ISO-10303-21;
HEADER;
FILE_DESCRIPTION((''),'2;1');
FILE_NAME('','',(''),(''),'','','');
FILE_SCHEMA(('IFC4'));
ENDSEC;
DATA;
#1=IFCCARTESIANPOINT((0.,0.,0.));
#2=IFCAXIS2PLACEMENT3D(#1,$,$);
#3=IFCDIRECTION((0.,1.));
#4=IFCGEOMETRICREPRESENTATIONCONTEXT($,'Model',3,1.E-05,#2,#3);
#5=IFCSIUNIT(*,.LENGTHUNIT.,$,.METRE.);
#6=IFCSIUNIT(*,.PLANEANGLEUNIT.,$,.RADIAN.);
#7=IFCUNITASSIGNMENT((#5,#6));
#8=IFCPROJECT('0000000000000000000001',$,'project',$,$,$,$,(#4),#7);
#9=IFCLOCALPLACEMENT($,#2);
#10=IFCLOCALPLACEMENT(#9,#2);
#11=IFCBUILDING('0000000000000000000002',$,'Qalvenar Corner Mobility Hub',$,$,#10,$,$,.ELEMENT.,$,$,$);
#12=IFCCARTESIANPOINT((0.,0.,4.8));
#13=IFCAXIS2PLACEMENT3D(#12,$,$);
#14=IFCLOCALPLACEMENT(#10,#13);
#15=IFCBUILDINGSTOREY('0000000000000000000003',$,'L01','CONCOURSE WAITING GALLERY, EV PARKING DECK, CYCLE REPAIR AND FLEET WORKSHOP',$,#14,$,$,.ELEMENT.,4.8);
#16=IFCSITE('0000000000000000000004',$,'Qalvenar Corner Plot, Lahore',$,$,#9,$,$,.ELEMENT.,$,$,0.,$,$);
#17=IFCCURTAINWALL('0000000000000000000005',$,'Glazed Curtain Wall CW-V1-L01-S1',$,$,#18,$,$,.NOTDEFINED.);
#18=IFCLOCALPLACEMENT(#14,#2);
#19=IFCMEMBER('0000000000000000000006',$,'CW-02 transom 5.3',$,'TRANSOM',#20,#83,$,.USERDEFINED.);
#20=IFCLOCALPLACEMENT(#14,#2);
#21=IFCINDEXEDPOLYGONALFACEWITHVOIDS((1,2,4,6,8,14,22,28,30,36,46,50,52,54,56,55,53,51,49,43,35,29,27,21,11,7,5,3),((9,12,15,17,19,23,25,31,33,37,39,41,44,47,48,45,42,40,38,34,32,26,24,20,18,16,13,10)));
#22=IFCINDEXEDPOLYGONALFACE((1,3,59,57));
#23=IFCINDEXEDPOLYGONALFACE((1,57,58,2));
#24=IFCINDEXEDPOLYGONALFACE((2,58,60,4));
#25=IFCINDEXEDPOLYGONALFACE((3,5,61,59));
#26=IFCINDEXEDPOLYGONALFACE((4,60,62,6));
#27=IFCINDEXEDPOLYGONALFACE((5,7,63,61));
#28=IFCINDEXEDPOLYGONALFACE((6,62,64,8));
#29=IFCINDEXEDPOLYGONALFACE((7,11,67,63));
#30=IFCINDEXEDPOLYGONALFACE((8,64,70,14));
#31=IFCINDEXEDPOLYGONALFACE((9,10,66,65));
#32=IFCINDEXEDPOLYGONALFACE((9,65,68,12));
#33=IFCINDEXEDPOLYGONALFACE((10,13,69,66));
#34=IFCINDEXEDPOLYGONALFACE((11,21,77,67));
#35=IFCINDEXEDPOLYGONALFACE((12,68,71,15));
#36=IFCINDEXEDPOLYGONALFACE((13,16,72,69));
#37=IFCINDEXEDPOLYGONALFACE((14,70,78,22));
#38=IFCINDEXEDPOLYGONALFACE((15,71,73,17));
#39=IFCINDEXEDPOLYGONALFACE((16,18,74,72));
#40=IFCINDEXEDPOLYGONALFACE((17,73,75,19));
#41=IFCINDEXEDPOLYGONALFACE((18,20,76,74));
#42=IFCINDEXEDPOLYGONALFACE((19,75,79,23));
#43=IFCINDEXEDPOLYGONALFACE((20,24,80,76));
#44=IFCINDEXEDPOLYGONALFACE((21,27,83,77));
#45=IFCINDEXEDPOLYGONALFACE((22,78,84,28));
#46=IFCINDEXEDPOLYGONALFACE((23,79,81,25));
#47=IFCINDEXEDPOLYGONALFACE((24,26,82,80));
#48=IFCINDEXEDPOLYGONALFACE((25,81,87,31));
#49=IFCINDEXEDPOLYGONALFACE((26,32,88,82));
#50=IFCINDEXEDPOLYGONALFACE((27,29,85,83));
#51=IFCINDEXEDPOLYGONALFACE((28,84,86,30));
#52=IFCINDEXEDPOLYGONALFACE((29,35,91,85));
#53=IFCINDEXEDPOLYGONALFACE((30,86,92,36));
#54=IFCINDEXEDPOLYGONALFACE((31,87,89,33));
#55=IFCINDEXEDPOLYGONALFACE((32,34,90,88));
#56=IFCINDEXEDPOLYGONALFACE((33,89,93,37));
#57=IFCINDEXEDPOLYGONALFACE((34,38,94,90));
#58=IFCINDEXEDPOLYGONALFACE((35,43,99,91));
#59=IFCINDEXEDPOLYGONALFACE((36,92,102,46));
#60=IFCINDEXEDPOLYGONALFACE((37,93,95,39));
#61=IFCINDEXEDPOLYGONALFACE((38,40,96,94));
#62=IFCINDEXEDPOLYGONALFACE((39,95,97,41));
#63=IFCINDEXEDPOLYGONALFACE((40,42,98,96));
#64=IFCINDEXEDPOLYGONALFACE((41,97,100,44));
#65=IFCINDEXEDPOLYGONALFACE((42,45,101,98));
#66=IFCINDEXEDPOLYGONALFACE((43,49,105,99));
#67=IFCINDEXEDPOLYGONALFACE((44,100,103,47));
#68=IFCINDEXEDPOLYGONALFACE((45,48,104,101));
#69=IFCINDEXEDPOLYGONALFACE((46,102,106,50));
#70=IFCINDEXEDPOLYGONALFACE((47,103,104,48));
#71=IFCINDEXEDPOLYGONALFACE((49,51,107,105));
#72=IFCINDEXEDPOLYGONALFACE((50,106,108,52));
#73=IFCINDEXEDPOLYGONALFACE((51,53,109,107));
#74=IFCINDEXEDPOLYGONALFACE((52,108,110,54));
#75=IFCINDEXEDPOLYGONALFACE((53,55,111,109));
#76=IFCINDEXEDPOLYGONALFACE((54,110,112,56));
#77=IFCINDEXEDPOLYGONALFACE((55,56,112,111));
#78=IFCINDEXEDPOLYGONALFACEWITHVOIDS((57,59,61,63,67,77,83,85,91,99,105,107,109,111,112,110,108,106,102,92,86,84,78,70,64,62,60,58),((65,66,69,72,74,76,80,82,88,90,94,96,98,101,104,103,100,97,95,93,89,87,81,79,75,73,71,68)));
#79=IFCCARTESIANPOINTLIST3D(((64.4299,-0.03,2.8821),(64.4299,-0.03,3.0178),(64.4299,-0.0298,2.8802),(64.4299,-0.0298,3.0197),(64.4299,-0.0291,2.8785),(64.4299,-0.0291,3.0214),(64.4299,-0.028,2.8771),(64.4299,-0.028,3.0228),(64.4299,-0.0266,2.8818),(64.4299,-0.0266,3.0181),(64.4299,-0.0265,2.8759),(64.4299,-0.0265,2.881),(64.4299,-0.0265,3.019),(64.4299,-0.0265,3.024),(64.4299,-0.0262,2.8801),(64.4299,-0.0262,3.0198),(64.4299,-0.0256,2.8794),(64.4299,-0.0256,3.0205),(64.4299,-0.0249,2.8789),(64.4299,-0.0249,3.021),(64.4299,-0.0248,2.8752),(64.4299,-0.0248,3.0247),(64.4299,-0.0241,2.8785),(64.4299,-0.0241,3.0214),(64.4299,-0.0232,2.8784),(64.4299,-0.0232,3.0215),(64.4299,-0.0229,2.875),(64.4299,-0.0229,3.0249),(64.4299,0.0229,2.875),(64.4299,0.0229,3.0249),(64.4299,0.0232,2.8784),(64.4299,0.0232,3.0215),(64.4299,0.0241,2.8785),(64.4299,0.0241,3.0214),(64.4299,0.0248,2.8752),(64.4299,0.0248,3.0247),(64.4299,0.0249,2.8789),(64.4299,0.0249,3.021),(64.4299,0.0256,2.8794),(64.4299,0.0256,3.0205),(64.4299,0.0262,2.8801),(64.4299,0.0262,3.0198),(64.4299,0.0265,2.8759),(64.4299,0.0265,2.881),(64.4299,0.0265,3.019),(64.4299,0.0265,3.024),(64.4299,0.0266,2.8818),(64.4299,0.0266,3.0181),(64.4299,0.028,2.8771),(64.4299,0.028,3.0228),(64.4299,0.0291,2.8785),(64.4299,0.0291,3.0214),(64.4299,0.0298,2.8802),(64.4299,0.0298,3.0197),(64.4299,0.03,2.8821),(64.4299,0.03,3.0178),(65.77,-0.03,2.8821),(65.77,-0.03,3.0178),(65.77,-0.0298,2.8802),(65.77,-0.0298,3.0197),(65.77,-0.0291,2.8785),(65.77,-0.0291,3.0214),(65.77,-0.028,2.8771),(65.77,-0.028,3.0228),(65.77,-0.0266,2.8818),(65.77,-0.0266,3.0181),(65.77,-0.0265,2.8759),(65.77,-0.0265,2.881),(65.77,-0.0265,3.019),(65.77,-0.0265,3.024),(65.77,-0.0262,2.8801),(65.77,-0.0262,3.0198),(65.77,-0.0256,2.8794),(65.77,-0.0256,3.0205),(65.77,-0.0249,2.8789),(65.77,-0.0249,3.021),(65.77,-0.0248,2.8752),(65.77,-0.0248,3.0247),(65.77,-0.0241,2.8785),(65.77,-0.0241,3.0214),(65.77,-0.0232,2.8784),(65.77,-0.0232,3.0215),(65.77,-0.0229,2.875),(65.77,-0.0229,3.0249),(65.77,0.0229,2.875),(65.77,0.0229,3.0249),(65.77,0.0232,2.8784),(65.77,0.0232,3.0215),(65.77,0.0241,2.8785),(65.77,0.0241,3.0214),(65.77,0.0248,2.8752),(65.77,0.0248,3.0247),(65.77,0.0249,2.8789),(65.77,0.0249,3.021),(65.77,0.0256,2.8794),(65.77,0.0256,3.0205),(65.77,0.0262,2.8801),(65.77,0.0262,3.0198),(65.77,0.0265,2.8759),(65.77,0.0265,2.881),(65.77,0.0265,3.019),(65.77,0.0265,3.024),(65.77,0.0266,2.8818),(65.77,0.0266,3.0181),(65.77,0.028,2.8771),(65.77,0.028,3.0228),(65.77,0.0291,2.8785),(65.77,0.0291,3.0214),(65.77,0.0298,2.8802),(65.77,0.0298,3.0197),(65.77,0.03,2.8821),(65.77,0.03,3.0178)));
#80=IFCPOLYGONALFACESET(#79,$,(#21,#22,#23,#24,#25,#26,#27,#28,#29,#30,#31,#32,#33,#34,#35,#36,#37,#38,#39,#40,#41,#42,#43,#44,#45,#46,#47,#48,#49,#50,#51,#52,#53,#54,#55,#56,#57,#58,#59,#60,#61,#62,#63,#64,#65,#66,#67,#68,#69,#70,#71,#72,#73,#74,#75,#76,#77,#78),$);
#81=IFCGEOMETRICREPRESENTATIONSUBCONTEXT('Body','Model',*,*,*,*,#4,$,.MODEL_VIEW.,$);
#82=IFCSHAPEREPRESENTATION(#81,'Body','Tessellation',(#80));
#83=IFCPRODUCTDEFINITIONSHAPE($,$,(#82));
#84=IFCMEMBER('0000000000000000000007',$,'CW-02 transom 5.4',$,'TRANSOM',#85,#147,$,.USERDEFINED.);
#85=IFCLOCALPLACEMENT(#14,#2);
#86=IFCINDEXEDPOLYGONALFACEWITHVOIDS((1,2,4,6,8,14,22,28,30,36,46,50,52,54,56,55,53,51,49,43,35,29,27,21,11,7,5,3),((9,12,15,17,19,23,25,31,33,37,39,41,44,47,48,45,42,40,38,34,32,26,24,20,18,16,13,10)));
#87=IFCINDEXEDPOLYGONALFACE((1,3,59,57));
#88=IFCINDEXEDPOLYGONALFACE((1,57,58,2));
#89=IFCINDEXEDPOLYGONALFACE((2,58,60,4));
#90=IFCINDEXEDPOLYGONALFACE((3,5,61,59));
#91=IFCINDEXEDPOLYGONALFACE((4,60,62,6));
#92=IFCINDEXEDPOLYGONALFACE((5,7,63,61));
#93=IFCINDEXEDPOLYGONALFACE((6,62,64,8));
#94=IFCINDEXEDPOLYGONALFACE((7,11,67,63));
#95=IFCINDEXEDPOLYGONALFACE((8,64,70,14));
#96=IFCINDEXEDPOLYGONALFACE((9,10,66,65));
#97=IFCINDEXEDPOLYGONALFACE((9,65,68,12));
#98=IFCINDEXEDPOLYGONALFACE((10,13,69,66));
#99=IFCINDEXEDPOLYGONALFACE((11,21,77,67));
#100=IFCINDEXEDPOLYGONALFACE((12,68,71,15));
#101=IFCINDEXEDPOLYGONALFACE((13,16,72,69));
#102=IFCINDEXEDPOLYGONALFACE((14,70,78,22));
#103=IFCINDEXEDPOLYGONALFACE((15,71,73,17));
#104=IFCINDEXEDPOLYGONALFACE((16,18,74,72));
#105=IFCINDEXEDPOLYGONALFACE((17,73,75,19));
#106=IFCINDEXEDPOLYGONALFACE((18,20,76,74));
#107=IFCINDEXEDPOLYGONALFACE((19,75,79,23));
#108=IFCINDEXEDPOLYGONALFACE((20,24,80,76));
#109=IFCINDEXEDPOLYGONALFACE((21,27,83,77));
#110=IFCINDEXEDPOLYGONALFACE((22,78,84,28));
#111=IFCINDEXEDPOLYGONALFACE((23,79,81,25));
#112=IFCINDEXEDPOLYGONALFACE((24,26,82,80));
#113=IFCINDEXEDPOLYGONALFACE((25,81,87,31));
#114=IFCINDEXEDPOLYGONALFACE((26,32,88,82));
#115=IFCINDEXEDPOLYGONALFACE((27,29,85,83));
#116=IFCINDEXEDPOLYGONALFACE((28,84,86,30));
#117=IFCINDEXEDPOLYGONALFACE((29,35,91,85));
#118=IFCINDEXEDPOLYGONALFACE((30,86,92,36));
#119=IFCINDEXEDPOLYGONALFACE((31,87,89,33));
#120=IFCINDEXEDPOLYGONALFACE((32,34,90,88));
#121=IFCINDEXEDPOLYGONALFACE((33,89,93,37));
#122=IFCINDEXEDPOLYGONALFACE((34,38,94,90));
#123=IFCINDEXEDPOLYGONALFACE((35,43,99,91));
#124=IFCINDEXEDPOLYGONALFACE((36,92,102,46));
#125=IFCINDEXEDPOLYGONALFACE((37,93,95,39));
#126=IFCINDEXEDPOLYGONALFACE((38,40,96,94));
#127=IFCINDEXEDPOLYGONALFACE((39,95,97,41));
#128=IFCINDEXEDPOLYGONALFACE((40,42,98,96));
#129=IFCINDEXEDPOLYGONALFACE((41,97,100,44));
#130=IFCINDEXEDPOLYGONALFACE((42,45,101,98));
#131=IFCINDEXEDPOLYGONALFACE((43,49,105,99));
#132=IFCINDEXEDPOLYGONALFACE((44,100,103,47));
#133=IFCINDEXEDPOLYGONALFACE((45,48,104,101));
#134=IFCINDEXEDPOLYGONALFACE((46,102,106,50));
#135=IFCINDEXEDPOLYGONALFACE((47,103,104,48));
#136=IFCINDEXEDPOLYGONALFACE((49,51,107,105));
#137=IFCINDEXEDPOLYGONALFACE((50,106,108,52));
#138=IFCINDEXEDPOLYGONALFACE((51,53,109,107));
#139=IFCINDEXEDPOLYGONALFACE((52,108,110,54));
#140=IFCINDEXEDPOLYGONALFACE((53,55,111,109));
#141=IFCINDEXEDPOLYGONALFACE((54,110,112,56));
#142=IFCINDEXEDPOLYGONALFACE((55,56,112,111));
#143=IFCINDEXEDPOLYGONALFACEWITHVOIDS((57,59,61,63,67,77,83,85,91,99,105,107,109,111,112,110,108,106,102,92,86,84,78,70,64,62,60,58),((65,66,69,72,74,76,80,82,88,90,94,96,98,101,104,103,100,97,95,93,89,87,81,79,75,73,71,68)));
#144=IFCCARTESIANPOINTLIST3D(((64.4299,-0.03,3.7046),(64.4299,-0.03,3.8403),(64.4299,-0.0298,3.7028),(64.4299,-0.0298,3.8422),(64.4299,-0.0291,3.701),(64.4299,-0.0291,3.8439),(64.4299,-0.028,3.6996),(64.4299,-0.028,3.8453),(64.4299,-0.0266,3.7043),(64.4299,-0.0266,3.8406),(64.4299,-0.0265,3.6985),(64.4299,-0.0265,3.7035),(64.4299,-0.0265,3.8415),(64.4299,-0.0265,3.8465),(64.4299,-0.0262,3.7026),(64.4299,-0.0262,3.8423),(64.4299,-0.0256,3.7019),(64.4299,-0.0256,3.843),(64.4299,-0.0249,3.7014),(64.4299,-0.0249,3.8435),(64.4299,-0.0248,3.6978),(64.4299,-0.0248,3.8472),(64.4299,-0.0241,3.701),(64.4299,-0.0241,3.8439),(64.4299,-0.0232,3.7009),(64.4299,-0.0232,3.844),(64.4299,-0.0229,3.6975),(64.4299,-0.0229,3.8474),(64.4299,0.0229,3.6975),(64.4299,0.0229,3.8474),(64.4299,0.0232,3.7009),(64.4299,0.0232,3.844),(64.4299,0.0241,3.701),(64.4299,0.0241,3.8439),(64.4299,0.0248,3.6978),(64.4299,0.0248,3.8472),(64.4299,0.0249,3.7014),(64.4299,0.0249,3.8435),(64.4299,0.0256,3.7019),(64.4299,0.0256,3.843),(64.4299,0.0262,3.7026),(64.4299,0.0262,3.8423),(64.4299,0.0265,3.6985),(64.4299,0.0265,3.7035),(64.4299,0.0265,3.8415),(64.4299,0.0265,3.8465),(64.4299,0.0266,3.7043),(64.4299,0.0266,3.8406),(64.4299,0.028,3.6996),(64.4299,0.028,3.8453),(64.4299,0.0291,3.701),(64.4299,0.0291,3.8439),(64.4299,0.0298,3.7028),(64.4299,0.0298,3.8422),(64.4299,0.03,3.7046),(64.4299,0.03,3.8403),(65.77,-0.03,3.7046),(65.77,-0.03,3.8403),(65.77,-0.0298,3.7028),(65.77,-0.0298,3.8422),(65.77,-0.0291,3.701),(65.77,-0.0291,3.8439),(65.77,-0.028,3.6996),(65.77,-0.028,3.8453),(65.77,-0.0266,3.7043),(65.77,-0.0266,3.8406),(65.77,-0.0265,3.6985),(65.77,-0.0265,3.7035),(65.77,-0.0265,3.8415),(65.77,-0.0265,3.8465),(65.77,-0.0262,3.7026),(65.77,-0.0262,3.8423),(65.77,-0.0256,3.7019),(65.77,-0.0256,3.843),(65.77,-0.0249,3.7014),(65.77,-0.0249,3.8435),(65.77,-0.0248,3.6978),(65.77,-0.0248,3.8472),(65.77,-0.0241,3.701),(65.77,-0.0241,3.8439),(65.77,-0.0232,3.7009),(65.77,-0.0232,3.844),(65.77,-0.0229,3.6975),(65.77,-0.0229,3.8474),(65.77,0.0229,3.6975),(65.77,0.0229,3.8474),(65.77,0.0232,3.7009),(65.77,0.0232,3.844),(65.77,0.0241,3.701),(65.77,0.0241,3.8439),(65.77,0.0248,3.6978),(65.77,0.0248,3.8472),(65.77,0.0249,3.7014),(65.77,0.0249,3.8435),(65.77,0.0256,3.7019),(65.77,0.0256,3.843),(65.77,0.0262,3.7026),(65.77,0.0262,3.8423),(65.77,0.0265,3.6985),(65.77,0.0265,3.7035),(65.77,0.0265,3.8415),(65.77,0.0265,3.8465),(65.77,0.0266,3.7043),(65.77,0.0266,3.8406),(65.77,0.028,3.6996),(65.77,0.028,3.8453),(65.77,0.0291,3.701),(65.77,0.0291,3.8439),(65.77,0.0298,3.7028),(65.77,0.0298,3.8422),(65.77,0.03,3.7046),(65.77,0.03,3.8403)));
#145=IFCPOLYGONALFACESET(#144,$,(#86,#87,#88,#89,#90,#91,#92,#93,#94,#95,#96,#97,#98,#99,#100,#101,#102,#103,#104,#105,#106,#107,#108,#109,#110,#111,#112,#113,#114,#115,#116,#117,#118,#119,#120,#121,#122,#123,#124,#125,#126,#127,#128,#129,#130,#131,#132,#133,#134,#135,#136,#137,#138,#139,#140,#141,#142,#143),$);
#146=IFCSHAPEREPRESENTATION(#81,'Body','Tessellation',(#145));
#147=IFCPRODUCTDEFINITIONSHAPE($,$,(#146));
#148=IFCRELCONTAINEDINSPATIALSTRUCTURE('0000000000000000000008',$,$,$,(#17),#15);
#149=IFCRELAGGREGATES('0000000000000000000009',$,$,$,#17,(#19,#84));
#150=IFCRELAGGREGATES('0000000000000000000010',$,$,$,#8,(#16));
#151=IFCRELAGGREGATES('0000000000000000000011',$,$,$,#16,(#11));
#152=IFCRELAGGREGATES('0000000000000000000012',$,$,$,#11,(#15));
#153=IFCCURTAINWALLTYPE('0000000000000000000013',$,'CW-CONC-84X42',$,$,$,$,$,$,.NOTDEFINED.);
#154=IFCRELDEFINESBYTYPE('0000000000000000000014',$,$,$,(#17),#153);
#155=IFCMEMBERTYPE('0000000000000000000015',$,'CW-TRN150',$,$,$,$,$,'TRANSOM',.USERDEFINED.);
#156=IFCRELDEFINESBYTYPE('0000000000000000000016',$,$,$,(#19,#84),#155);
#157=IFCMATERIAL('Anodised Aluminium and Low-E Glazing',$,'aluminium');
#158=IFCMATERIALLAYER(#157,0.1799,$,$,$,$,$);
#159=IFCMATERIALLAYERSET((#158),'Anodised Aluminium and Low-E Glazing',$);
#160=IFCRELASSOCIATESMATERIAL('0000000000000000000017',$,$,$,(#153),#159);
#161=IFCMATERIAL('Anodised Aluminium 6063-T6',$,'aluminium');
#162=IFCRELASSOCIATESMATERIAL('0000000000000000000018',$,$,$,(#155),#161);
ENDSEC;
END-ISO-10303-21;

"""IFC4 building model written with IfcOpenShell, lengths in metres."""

from ifc_helpers import new_model, si_unit, direction, frame, origin, origin_2d, place, context, subcontext, project, spatial, hollow_rectangle, extrude, material, layer, layer_set, material_profile, profile_set, type_object, element, aggregate, save


model = new_model("IFC4")

# Units and contexts
model_context = context("Model", 3, precision=1e-05, world=origin(), true_north=direction((0.0, 1.0)))
body_context = subcontext(model_context, "Body", "Model", "MODEL_VIEW")
ifc_project = project(units=[si_unit("LENGTHUNIT", "METRE"), si_unit("PLANEANGLEUNIT", "RADIAN")], contexts=[model_context])

# Site, building, storey
site_placement = place(None, origin())
site = spatial("IfcSite", under=ifc_project, at=site_placement, Name="Qalvenar Corner Plot, Lahore", CompositionType="ELEMENT", RefElevation=0.0)
building_placement = place(site_placement, origin())
building = spatial("IfcBuilding", under=site, at=building_placement, Name="Qalvenar Corner Mobility Hub", CompositionType="ELEMENT")
storey_placement = place(building_placement, frame((0.0, 0.0, 4.8)))
storey = spatial("IfcBuildingStorey", under=building, at=storey_placement, Name="L01", Description="CONCOURSE WAITING GALLERY, EV PARKING DECK, CYCLE REPAIR AND FLEET WORKSHOP", CompositionType="ELEMENT", Elevation=4.8)

# Curtain wall
ifc_material_1 = material(Name="Anodised Aluminium and Low-E Glazing", Category="aluminium")
ifc_layer_1 = layer(ifc_material_1, 0.1799)
ifc_layer_set_1 = layer_set([ifc_layer_1], Name="Anodised Aluminium and Low-E Glazing")
curtain_wall_type = type_object("IfcCurtainWallType", Name="CW-CONC-84X42", PredefinedType="NOTDEFINED", material=ifc_layer_set_1)
curtain_wall_1_placement = place(storey_placement, origin())
curtain_wall_1 = element("IfcCurtainWall", 1, at=curtain_wall_1_placement, inside=storey, type_object=curtain_wall_type, Name="Glazed Curtain Wall CW-V1-L01-S1", PredefinedType="NOTDEFINED")
ifc_material_2 = material(Name="Anodised Aluminium 6063-T6", Category="aluminium")

# Members
ifc_material_profile_1 = material_profile(ifc_material_2, hollow_rectangle(XDim=0.0601, YDim=0.1499, WallThickness=0.0034, InnerFilletRadius=0.0034, OuterFilletRadius=0.0071, at=origin_2d()), Name="RHS150x60x3.5")
ifc_profile_set_1 = profile_set([ifc_material_profile_1], Name="Anodised Aluminium 6063-T6")
member_type_1 = type_object("IfcMemberType", Name="CW-TRN150", ElementType="TRANSOM", PredefinedType="USERDEFINED", material=ifc_profile_set_1)
member_1_placement = place(storey_placement, frame((64.4299, 0.0, 2.95), z_axis=(1.0, 0.0, 0.0), x_axis=(0.0, 1.0, 0.0)))
member_1 = element("IfcMember", 2, at=member_1_placement, type_object=member_type_1, Name="CW-02 transom 5.3", ObjectType="TRANSOM", PredefinedType="USERDEFINED", context=body_context, shape_type="SweptSolid", body=[
    extrude(hollow_rectangle(XDim=0.0601, YDim=0.1499, WallThickness=0.0034, InnerFilletRadius=0.0034, OuterFilletRadius=0.0071, at=origin_2d()), origin(), (0.0, 0.0, 1.0), 1.3401),
])
member_2_placement = place(storey_placement, frame((64.4299, 0.0, 3.7725), z_axis=(1.0, 0.0, 0.0), x_axis=(0.0, 1.0, 0.0)))
member_2 = element("IfcMember", 3, at=member_2_placement, type_object=member_type_1, Name="CW-02 transom 5.4", ObjectType="TRANSOM", PredefinedType="USERDEFINED", context=body_context, shape_type="SweptSolid", body=[
    extrude(hollow_rectangle(XDim=0.0601, YDim=0.1499, WallThickness=0.0034, InnerFilletRadius=0.0034, OuterFilletRadius=0.0071, at=origin_2d()), origin(), (0.0, 0.0, 1.0), 1.3401),
])

aggregate(curtain_wall_1, [member_1, member_2])

save(model, "model.ifc")
